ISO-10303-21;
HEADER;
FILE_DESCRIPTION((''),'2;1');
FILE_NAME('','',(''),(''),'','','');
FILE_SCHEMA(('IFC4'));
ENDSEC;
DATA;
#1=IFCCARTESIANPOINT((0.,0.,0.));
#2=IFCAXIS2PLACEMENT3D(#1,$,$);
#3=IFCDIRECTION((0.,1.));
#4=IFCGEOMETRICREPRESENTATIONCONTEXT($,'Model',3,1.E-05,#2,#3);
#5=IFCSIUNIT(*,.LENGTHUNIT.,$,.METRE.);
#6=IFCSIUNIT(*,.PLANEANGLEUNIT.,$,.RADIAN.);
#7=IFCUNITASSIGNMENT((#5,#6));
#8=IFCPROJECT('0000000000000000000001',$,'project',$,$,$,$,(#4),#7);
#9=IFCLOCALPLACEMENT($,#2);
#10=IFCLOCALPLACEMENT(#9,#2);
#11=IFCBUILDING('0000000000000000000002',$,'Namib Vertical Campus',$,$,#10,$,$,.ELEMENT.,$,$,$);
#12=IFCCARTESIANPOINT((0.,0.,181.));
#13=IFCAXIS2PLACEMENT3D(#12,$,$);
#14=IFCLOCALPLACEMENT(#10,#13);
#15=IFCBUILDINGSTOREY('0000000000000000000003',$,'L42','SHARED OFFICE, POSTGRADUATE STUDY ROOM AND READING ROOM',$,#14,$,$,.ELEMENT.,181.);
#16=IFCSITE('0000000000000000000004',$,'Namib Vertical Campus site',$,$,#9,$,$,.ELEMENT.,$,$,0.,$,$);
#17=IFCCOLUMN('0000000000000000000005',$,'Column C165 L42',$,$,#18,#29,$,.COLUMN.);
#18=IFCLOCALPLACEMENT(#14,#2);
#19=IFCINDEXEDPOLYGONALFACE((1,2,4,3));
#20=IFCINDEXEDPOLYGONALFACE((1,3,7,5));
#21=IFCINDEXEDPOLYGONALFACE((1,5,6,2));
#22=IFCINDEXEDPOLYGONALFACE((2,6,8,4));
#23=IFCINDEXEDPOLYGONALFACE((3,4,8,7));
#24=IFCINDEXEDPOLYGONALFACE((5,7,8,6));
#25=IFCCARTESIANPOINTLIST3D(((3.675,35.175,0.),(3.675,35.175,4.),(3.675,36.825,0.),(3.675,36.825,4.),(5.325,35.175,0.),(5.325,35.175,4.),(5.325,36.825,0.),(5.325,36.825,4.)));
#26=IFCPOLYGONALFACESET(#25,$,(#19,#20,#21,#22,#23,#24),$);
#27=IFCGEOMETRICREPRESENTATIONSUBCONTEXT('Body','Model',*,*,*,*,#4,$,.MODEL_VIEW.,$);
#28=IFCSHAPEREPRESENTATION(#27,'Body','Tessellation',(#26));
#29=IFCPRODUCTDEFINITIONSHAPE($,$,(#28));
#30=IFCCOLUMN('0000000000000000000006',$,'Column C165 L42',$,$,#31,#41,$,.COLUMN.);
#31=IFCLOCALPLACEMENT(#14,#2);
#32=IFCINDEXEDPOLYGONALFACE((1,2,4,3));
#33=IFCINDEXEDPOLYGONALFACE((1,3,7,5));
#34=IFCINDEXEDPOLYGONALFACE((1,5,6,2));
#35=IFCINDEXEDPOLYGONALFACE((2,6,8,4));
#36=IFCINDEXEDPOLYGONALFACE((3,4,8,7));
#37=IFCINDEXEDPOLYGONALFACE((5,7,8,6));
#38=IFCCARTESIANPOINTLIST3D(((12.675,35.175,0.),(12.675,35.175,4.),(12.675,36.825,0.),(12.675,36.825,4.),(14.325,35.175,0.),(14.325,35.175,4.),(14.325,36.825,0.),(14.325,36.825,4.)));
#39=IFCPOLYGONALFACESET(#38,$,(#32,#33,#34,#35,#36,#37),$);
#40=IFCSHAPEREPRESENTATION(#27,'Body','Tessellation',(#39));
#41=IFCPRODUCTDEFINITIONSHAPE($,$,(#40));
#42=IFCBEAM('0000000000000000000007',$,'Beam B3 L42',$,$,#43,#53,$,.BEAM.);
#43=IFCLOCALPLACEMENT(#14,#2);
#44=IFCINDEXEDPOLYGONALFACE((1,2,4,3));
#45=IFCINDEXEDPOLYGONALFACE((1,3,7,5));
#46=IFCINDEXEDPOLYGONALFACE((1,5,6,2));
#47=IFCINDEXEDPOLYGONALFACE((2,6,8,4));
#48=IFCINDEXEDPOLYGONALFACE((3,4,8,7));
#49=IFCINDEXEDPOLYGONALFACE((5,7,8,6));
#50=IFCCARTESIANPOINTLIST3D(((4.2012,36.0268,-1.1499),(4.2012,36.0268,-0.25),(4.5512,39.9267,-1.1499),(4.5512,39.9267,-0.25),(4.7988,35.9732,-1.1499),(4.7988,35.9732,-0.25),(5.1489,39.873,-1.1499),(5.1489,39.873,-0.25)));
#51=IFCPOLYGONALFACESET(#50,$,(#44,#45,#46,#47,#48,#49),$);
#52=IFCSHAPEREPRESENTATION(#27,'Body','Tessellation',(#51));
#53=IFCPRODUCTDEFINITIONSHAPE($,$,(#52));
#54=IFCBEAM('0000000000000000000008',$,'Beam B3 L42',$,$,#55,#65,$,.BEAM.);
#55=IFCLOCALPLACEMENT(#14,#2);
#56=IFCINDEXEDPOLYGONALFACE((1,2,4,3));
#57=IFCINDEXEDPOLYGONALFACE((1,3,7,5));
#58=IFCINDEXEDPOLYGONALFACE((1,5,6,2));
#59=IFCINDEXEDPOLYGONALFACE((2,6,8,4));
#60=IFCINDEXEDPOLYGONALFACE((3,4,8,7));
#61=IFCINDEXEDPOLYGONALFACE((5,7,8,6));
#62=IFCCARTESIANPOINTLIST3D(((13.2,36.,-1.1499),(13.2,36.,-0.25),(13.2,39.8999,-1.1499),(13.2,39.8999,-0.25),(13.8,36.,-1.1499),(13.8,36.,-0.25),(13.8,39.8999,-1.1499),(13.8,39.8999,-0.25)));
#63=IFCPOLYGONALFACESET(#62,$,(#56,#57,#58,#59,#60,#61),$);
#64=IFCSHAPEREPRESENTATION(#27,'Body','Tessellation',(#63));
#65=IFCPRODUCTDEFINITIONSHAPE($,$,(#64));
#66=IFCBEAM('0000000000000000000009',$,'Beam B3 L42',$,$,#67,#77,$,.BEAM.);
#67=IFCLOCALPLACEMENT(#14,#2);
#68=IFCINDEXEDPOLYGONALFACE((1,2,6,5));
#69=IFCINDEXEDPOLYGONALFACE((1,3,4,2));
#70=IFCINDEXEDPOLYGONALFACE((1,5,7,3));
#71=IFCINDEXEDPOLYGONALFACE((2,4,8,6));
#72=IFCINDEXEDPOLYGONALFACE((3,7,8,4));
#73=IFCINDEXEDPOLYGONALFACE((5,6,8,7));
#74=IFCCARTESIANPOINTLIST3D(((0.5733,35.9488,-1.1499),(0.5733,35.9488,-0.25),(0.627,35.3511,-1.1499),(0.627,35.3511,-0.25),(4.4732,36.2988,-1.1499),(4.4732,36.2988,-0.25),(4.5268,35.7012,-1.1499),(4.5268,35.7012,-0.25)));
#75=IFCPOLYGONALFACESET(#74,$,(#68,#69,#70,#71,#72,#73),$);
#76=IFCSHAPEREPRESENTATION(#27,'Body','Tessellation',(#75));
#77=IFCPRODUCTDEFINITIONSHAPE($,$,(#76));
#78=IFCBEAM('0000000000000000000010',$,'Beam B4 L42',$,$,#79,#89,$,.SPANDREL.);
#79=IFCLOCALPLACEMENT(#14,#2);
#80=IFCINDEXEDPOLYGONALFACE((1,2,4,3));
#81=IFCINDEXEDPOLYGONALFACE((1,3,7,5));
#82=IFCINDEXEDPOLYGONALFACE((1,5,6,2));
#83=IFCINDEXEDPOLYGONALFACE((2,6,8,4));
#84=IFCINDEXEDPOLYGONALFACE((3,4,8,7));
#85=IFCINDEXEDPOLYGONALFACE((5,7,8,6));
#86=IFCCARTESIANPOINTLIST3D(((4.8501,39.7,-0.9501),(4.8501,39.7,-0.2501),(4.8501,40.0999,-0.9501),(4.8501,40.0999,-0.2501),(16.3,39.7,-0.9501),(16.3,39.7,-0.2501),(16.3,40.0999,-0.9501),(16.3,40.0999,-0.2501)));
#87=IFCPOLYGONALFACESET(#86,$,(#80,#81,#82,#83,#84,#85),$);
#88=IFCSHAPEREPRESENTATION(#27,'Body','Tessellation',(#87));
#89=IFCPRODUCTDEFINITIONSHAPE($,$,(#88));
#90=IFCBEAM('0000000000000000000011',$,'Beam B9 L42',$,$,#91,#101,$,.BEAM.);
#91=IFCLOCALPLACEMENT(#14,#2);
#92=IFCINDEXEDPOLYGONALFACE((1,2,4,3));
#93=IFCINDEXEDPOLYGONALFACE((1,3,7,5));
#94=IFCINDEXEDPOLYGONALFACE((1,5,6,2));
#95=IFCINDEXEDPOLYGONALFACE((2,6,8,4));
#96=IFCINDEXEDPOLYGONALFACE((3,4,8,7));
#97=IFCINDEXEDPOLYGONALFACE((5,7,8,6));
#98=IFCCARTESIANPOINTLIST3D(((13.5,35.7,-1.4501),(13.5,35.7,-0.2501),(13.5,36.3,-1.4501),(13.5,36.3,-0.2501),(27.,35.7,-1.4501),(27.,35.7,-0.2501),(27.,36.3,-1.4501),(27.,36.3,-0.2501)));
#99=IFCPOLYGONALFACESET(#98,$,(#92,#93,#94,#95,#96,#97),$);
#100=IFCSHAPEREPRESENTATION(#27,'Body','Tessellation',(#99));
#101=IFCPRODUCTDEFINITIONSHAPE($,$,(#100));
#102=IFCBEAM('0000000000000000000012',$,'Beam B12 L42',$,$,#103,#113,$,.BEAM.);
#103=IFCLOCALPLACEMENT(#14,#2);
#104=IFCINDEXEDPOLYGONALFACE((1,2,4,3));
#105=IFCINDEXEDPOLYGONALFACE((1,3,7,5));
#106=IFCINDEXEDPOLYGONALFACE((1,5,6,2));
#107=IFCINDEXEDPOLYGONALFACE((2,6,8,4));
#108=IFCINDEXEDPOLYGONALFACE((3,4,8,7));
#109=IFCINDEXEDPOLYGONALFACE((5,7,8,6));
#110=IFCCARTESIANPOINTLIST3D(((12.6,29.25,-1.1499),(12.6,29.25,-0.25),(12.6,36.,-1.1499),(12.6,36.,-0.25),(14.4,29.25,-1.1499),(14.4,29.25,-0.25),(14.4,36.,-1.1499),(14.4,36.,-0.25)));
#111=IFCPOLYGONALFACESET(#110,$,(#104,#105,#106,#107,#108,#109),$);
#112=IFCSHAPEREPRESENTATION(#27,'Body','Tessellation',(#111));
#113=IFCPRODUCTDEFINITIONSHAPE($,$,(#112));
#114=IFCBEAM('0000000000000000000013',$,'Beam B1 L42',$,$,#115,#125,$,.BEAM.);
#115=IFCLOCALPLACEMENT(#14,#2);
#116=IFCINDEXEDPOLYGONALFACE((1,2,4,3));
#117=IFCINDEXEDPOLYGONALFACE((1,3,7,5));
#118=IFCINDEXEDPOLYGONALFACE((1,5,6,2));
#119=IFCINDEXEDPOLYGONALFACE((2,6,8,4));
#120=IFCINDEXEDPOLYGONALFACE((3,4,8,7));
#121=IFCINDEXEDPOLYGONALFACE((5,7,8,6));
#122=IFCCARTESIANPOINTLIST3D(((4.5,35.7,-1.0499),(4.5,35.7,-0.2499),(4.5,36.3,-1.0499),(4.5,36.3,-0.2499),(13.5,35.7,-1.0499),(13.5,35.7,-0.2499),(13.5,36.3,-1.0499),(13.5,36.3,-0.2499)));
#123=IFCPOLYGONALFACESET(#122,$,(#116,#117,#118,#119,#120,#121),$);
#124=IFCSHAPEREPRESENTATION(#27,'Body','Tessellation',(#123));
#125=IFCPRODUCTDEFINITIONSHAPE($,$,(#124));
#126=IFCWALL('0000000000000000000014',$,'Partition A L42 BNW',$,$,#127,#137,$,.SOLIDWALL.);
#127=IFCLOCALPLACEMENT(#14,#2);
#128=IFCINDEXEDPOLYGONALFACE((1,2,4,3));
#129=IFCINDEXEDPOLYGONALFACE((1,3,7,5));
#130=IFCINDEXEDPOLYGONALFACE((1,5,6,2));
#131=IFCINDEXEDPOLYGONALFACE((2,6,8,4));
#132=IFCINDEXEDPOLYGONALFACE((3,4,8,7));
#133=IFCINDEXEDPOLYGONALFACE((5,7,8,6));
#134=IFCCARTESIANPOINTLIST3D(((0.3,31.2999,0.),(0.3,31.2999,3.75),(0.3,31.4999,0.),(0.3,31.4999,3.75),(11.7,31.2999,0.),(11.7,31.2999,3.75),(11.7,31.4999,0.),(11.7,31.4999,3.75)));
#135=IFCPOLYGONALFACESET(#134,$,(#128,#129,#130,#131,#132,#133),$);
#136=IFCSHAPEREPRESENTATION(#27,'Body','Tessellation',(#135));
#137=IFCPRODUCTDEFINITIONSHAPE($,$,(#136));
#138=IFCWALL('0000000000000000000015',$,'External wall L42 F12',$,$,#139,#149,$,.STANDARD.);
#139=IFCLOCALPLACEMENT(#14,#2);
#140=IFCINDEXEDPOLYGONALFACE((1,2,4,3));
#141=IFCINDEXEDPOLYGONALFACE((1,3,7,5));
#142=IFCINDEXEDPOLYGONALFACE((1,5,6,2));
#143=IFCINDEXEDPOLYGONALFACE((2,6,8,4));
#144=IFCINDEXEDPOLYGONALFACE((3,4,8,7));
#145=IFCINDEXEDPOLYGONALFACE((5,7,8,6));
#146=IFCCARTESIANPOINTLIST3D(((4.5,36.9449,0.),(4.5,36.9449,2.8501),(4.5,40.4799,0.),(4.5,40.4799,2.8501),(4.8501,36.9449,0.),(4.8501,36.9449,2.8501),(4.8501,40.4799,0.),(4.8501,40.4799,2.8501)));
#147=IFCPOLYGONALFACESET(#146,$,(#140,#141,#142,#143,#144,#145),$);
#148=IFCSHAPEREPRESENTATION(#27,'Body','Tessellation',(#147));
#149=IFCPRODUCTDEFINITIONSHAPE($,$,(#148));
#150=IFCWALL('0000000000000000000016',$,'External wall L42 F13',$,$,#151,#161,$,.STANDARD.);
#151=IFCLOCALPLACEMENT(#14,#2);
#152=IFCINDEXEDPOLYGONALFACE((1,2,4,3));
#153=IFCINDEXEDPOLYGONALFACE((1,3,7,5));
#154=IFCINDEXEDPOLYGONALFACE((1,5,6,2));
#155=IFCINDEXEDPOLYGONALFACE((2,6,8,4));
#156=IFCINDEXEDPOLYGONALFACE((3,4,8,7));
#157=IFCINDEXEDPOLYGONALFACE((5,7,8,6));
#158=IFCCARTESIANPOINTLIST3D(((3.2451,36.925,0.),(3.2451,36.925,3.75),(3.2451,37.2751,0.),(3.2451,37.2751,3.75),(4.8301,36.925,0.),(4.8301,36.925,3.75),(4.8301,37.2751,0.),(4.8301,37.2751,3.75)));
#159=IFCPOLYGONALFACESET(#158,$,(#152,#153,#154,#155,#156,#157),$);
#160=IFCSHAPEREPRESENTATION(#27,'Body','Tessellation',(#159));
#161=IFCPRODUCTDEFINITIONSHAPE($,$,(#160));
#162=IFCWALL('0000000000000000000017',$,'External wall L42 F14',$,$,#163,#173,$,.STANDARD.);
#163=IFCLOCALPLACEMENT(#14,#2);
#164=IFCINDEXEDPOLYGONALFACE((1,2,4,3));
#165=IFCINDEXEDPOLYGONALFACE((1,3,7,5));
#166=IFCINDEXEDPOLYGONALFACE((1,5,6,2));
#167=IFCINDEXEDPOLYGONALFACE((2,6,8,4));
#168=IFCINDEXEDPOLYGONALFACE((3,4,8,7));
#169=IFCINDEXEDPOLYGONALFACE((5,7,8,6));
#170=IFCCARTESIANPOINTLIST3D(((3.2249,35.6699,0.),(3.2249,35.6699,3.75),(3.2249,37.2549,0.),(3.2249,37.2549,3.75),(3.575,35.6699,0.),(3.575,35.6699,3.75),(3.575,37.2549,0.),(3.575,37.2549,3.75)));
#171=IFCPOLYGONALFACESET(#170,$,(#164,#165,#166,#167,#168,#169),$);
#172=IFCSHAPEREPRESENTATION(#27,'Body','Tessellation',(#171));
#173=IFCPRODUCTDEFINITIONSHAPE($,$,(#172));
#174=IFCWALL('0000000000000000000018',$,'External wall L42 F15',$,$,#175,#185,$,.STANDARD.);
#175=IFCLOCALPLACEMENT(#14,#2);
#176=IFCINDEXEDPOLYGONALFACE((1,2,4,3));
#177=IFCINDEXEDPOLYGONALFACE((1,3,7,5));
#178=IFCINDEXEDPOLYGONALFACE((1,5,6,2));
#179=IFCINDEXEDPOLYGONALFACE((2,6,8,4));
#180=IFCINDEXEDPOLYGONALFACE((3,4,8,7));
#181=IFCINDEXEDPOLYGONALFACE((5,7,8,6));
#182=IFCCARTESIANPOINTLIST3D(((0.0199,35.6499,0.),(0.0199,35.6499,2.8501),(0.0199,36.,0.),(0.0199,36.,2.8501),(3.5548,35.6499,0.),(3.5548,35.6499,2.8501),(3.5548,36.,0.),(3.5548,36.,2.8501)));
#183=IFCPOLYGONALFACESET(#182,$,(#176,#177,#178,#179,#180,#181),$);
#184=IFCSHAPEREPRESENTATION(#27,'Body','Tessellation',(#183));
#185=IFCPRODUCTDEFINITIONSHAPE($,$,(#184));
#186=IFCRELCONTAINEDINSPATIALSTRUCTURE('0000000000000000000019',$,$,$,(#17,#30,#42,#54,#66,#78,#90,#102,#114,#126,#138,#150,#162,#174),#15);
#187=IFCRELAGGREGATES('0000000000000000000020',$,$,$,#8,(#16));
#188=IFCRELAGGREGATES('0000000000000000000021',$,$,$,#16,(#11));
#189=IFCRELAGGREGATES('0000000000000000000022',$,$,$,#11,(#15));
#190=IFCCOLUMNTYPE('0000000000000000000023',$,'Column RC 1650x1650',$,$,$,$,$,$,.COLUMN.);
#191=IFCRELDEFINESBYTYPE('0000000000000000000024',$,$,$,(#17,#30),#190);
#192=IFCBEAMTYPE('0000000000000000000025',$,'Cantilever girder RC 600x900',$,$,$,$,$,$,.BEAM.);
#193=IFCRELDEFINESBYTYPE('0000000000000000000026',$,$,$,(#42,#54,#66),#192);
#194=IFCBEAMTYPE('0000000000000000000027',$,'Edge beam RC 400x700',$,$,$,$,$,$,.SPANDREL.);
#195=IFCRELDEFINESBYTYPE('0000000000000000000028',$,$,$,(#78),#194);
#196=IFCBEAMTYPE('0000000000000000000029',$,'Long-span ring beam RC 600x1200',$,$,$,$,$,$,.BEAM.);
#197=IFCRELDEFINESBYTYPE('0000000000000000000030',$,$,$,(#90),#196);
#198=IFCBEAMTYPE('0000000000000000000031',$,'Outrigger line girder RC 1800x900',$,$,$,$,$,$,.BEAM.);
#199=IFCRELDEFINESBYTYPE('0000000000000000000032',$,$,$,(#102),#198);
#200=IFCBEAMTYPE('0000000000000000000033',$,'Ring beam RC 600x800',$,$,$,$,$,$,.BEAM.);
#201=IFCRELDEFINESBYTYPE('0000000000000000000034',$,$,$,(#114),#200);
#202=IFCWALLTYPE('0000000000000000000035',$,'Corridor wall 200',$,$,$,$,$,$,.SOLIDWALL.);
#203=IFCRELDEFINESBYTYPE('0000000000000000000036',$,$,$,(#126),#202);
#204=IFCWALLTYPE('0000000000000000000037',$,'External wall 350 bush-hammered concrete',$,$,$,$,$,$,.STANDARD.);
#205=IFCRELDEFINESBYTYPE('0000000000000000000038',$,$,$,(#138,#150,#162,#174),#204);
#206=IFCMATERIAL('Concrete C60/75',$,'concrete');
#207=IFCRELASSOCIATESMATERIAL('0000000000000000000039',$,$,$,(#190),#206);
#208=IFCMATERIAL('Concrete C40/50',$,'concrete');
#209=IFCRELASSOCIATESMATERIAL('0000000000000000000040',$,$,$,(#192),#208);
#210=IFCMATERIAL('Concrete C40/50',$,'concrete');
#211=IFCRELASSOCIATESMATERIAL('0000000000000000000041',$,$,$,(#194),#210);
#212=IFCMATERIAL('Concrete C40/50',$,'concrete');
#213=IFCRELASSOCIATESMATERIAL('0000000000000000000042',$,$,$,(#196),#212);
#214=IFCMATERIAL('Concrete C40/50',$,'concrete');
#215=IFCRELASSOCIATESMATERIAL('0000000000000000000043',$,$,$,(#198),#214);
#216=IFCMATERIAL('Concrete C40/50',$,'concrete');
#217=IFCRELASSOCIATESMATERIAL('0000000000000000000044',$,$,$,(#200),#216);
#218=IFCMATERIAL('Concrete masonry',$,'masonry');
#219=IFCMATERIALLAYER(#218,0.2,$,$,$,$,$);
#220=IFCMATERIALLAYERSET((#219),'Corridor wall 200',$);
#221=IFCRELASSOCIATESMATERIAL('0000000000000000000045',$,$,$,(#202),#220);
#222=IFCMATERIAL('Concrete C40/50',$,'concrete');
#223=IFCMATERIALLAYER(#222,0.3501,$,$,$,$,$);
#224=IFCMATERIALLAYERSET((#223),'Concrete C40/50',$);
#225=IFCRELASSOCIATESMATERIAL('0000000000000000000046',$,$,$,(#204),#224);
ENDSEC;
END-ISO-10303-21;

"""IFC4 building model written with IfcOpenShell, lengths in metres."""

from ifc_helpers import new_model, si_unit, direction, frame, frame_2d, origin, origin_2d, place, context, subcontext, project, spatial, rectangle, extrude, material, layer, layer_set, material_profile, profile_set, type_object, element, save


model = new_model("IFC4")

# Units and contexts
model_context = context("Model", 3, precision=1e-05, world=origin(), true_north=direction((0.0, 1.0)))
body_context = subcontext(model_context, "Body", "Model", "MODEL_VIEW")
ifc_project = project(units=[si_unit("LENGTHUNIT", "METRE"), si_unit("PLANEANGLEUNIT", "RADIAN")], contexts=[model_context])

# Site, building, storey
site_placement = place(None, origin())
site = spatial("IfcSite", under=ifc_project, at=site_placement, Name="Namib Vertical Campus site", CompositionType="ELEMENT", RefElevation=0.0)
building_placement = place(site_placement, origin())
building = spatial("IfcBuilding", under=site, at=building_placement, Name="Namib Vertical Campus", CompositionType="ELEMENT")
storey_placement = place(building_placement, frame((0.0, 0.0, 181.0)))
storey = spatial("IfcBuildingStorey", under=building, at=storey_placement, Name="L42", Description="SHARED OFFICE, POSTGRADUATE STUDY ROOM AND READING ROOM", CompositionType="ELEMENT", Elevation=181.0)

# Columns
ifc_material_1 = material(Name="Concrete C60/75", Category="concrete")
ifc_material_profile_1 = material_profile(ifc_material_1, rectangle(XDim=1.6499, YDim=1.6499, at=origin_2d()))
ifc_profile_set_1 = profile_set([ifc_material_profile_1], Name="Concrete C60/75")
column_type = type_object("IfcColumnType", Name="Column RC 1650x1650", PredefinedType="COLUMN", material=ifc_profile_set_1)
for number, where, z_axis, x_axis, name in (
    (1, (4.5, 36.0, 0.0), (0.0, 0.0, 1.0), (1.0, 0.0, 0.0), "Column C165 L42"),
    (2, (13.5, 36.0, 0.0), (0.0, 0.0, 1.0), (1.0, 0.0, 0.0), "Column C165 L42"),
):
    element("IfcColumn", number, at=place(storey_placement, frame(where, z_axis=z_axis, x_axis=x_axis)), inside=storey, type_object=column_type, Name=name, PredefinedType="COLUMN", context=body_context, shape_type="SweptSolid", body=[
        extrude(rectangle(XDim=1.6499, YDim=1.6499, at=origin_2d()), origin(), (0.0, 0.0, 1.0), 4.0),
    ])

# Beams
ifc_material_2 = material(Name="Concrete C40/50", Category="concrete")
ifc_material_profile_2 = material_profile(ifc_material_2, rectangle(XDim=0.6001, YDim=0.8999, at=origin_2d()))
ifc_profile_set_2 = profile_set([ifc_material_profile_2], Name="Concrete C40/50")
beam_type_1 = type_object("IfcBeamType", Name="Cantilever girder RC 600x900", PredefinedType="BEAM", material=ifc_profile_set_2)
beam_1_placement = place(storey_placement, frame((4.5, 36.0, -0.7), z_axis=(0.089411, 0.995995, 0.0), x_axis=(-0.995995, 0.089411, 0.0)))
element("IfcBeam", 3, at=beam_1_placement, inside=storey, type_object=beam_type_1, Name="Beam B3 L42", PredefinedType="BEAM", context=body_context, shape_type="SweptSolid", body=[
    extrude(rectangle(XDim=0.6001, YDim=0.8999, at=origin_2d()), origin(), (0.0, 0.0, 1.0), 3.9155),
])
beam_2_placement = place(storey_placement, frame((13.5, 36.0, -0.7), z_axis=(0.0, 1.0, 0.0), x_axis=(-1.0, 0.0, 0.0)))
element("IfcBeam", 4, at=beam_2_placement, inside=storey, type_object=beam_type_1, Name="Beam B3 L42", PredefinedType="BEAM", context=body_context, shape_type="SweptSolid", body=[
    extrude(rectangle(XDim=0.6001, YDim=0.8999, at=origin_2d()), origin(), (0.0, 0.0, 1.0), 3.8999),
])
beam_3_placement = place(storey_placement, frame((4.5, 36.0, -0.7), z_axis=(-0.995995, -0.089411, 0.0), x_axis=(0.089411, -0.995995, 0.0)))
element("IfcBeam", 5, at=beam_3_placement, inside=storey, type_object=beam_type_1, Name="Beam B3 L42", PredefinedType="BEAM", context=body_context, shape_type="SweptSolid", body=[
    extrude(rectangle(XDim=0.6001, YDim=0.8999, at=origin_2d()), origin(), (0.0, 0.0, 1.0), 3.9155),
])
ifc_material_3 = material(Name="Concrete C40/50", Category="concrete")
ifc_material_profile_3 = material_profile(ifc_material_3, rectangle(XDim=0.3999, YDim=0.7, at=origin_2d()))
ifc_profile_set_3 = profile_set([ifc_material_profile_3], Name="Concrete C40/50")
beam_type_2 = type_object("IfcBeamType", Name="Edge beam RC 400x700", PredefinedType="SPANDREL", material=ifc_profile_set_3)
beam_4_placement = place(storey_placement, frame((4.8501, 39.8999, -0.6001), z_axis=(1.0, 0.0, 0.0), x_axis=(0.0, 1.0, 0.0)))
element("IfcBeam", 6, at=beam_4_placement, inside=storey, type_object=beam_type_2, Name="Beam B4 L42", PredefinedType="SPANDREL", context=body_context, shape_type="SweptSolid", body=[
    extrude(rectangle(XDim=0.3999, YDim=0.7, at=origin_2d()), origin(), (0.0, 0.0, 1.0), 11.45),
])
ifc_material_4 = material(Name="Concrete C40/50", Category="concrete")
ifc_material_profile_4 = material_profile(ifc_material_4, rectangle(XDim=0.6001, YDim=1.2, at=origin_2d()))
ifc_profile_set_4 = profile_set([ifc_material_profile_4], Name="Concrete C40/50")
beam_type_3 = type_object("IfcBeamType", Name="Long-span ring beam RC 600x1200", PredefinedType="BEAM", material=ifc_profile_set_4)
beam_5_placement = place(storey_placement, frame((13.5, 36.0, -0.8501), z_axis=(1.0, 0.0, 0.0), x_axis=(0.0, 1.0, 0.0)))
element("IfcBeam", 7, at=beam_5_placement, inside=storey, type_object=beam_type_3, Name="Beam B9 L42", PredefinedType="BEAM", context=body_context, shape_type="SweptSolid", body=[
    extrude(rectangle(XDim=0.6001, YDim=1.2, at=origin_2d()), origin(), (0.0, 0.0, 1.0), 13.5),
])
ifc_material_5 = material(Name="Concrete C40/50", Category="concrete")
ifc_material_profile_5 = material_profile(ifc_material_5, rectangle(XDim=1.8, YDim=0.8999, at=origin_2d()))
ifc_profile_set_5 = profile_set([ifc_material_profile_5], Name="Concrete C40/50")
beam_type_4 = type_object("IfcBeamType", Name="Outrigger line girder RC 1800x900", PredefinedType="BEAM", material=ifc_profile_set_5)
beam_6_placement = place(storey_placement, frame((13.5, 36.0, -0.7), z_axis=(0.0, -1.0, 0.0), x_axis=(1.0, 0.0, 0.0)))
element("IfcBeam", 8, at=beam_6_placement, inside=storey, type_object=beam_type_4, Name="Beam B12 L42", PredefinedType="BEAM", context=body_context, shape_type="SweptSolid", body=[
    extrude(rectangle(XDim=1.8, YDim=0.8999, at=origin_2d()), origin(), (0.0, 0.0, 1.0), 6.75),
])
ifc_material_6 = material(Name="Concrete C40/50", Category="concrete")
ifc_material_profile_6 = material_profile(ifc_material_6, rectangle(XDim=0.6001, YDim=0.8, at=origin_2d()))
ifc_profile_set_6 = profile_set([ifc_material_profile_6], Name="Concrete C40/50")
beam_type_5 = type_object("IfcBeamType", Name="Ring beam RC 600x800", PredefinedType="BEAM", material=ifc_profile_set_6)
beam_7_placement = place(storey_placement, frame((4.5, 36.0, -0.6499), z_axis=(1.0, 0.0, 0.0), x_axis=(0.0, 1.0, 0.0)))
element("IfcBeam", 9, at=beam_7_placement, inside=storey, type_object=beam_type_5, Name="Beam B1 L42", PredefinedType="BEAM", context=body_context, shape_type="SweptSolid", body=[
    extrude(rectangle(XDim=0.6001, YDim=0.8, at=origin_2d()), origin(), (0.0, 0.0, 1.0), 9.0),
])

# Walls
ifc_material_7 = material(Name="Concrete masonry", Category="masonry")
ifc_layer_1 = layer(ifc_material_7, 0.2)
ifc_layer_set_1 = layer_set([ifc_layer_1], Name="Corridor wall 200")
wall_type_1 = type_object("IfcWallType", Name="Corridor wall 200", PredefinedType="SOLIDWALL", material=ifc_layer_set_1)
wall_1_placement = place(storey_placement, frame((0.3, 31.3999, 0.0), z_axis=(0.0, 0.0, 1.0), x_axis=(1.0, 0.0, 0.0)))
element("IfcWall", 10, at=wall_1_placement, inside=storey, type_object=wall_type_1, Name="Partition A L42 BNW", PredefinedType="SOLIDWALL", context=body_context, shape_type="SweptSolid", body=[
    extrude(rectangle(XDim=11.3999, YDim=0.2, at=frame_2d((5.7, 0.0))), origin(), (0.0, 0.0, 1.0), 3.75),
])
ifc_material_8 = material(Name="Concrete C40/50", Category="concrete")
ifc_layer_2 = layer(ifc_material_8, 0.3501)
ifc_layer_set_2 = layer_set([ifc_layer_2], Name="Concrete C40/50")
wall_type_2 = type_object("IfcWallType", Name="External wall 350 bush-hammered concrete", PredefinedType="STANDARD", material=ifc_layer_set_2)
wall_2_placement = place(storey_placement, frame((4.675, 40.48, 0.0), z_axis=(0.0, 0.0, 1.0), x_axis=(0.0, -1.0, 0.0)))
element("IfcWall", 11, at=wall_2_placement, inside=storey, type_object=wall_type_2, Name="External wall L42 F12", PredefinedType="STANDARD", context=body_context, shape_type="SweptSolid", body=[
    extrude(rectangle(XDim=3.5349, YDim=0.3501, at=frame_2d((1.7676, 0.0))), origin(), (0.0, 0.0, 1.0), 2.8501),
])
for number, where, z_axis, x_axis, name in (
    (12, (4.8301, 37.1001, 0.0), (0.0, 0.0, 1.0), (-1.0, 0.0, 0.0), "External wall L42 F13"),
    (13, (3.3999, 37.2549, 0.0), (0.0, 0.0, 1.0), (0.0, -1.0, 0.0), "External wall L42 F14"),
):
    element("IfcWall", number, at=place(storey_placement, frame(where, z_axis=z_axis, x_axis=x_axis)), inside=storey, type_object=wall_type_2, Name=name, PredefinedType="STANDARD", context=body_context, shape_type="SweptSolid", body=[
        extrude(rectangle(XDim=1.585, YDim=0.3501, at=frame_2d((0.7925, 0.0))), origin(), (0.0, 0.0, 1.0), 3.75),
    ])
wall_3_placement = place(storey_placement, frame((3.5549, 35.825, 0.0), z_axis=(0.0, 0.0, 1.0), x_axis=(-1.0, 0.0, 0.0)))
element("IfcWall", 14, at=wall_3_placement, inside=storey, type_object=wall_type_2, Name="External wall L42 F15", PredefinedType="STANDARD", context=body_context, shape_type="SweptSolid", body=[
    extrude(rectangle(XDim=3.5349, YDim=0.3501, at=frame_2d((1.7676, 0.0))), origin(), (0.0, 0.0, 1.0), 2.8501),
])

save(model, "model.ifc")
